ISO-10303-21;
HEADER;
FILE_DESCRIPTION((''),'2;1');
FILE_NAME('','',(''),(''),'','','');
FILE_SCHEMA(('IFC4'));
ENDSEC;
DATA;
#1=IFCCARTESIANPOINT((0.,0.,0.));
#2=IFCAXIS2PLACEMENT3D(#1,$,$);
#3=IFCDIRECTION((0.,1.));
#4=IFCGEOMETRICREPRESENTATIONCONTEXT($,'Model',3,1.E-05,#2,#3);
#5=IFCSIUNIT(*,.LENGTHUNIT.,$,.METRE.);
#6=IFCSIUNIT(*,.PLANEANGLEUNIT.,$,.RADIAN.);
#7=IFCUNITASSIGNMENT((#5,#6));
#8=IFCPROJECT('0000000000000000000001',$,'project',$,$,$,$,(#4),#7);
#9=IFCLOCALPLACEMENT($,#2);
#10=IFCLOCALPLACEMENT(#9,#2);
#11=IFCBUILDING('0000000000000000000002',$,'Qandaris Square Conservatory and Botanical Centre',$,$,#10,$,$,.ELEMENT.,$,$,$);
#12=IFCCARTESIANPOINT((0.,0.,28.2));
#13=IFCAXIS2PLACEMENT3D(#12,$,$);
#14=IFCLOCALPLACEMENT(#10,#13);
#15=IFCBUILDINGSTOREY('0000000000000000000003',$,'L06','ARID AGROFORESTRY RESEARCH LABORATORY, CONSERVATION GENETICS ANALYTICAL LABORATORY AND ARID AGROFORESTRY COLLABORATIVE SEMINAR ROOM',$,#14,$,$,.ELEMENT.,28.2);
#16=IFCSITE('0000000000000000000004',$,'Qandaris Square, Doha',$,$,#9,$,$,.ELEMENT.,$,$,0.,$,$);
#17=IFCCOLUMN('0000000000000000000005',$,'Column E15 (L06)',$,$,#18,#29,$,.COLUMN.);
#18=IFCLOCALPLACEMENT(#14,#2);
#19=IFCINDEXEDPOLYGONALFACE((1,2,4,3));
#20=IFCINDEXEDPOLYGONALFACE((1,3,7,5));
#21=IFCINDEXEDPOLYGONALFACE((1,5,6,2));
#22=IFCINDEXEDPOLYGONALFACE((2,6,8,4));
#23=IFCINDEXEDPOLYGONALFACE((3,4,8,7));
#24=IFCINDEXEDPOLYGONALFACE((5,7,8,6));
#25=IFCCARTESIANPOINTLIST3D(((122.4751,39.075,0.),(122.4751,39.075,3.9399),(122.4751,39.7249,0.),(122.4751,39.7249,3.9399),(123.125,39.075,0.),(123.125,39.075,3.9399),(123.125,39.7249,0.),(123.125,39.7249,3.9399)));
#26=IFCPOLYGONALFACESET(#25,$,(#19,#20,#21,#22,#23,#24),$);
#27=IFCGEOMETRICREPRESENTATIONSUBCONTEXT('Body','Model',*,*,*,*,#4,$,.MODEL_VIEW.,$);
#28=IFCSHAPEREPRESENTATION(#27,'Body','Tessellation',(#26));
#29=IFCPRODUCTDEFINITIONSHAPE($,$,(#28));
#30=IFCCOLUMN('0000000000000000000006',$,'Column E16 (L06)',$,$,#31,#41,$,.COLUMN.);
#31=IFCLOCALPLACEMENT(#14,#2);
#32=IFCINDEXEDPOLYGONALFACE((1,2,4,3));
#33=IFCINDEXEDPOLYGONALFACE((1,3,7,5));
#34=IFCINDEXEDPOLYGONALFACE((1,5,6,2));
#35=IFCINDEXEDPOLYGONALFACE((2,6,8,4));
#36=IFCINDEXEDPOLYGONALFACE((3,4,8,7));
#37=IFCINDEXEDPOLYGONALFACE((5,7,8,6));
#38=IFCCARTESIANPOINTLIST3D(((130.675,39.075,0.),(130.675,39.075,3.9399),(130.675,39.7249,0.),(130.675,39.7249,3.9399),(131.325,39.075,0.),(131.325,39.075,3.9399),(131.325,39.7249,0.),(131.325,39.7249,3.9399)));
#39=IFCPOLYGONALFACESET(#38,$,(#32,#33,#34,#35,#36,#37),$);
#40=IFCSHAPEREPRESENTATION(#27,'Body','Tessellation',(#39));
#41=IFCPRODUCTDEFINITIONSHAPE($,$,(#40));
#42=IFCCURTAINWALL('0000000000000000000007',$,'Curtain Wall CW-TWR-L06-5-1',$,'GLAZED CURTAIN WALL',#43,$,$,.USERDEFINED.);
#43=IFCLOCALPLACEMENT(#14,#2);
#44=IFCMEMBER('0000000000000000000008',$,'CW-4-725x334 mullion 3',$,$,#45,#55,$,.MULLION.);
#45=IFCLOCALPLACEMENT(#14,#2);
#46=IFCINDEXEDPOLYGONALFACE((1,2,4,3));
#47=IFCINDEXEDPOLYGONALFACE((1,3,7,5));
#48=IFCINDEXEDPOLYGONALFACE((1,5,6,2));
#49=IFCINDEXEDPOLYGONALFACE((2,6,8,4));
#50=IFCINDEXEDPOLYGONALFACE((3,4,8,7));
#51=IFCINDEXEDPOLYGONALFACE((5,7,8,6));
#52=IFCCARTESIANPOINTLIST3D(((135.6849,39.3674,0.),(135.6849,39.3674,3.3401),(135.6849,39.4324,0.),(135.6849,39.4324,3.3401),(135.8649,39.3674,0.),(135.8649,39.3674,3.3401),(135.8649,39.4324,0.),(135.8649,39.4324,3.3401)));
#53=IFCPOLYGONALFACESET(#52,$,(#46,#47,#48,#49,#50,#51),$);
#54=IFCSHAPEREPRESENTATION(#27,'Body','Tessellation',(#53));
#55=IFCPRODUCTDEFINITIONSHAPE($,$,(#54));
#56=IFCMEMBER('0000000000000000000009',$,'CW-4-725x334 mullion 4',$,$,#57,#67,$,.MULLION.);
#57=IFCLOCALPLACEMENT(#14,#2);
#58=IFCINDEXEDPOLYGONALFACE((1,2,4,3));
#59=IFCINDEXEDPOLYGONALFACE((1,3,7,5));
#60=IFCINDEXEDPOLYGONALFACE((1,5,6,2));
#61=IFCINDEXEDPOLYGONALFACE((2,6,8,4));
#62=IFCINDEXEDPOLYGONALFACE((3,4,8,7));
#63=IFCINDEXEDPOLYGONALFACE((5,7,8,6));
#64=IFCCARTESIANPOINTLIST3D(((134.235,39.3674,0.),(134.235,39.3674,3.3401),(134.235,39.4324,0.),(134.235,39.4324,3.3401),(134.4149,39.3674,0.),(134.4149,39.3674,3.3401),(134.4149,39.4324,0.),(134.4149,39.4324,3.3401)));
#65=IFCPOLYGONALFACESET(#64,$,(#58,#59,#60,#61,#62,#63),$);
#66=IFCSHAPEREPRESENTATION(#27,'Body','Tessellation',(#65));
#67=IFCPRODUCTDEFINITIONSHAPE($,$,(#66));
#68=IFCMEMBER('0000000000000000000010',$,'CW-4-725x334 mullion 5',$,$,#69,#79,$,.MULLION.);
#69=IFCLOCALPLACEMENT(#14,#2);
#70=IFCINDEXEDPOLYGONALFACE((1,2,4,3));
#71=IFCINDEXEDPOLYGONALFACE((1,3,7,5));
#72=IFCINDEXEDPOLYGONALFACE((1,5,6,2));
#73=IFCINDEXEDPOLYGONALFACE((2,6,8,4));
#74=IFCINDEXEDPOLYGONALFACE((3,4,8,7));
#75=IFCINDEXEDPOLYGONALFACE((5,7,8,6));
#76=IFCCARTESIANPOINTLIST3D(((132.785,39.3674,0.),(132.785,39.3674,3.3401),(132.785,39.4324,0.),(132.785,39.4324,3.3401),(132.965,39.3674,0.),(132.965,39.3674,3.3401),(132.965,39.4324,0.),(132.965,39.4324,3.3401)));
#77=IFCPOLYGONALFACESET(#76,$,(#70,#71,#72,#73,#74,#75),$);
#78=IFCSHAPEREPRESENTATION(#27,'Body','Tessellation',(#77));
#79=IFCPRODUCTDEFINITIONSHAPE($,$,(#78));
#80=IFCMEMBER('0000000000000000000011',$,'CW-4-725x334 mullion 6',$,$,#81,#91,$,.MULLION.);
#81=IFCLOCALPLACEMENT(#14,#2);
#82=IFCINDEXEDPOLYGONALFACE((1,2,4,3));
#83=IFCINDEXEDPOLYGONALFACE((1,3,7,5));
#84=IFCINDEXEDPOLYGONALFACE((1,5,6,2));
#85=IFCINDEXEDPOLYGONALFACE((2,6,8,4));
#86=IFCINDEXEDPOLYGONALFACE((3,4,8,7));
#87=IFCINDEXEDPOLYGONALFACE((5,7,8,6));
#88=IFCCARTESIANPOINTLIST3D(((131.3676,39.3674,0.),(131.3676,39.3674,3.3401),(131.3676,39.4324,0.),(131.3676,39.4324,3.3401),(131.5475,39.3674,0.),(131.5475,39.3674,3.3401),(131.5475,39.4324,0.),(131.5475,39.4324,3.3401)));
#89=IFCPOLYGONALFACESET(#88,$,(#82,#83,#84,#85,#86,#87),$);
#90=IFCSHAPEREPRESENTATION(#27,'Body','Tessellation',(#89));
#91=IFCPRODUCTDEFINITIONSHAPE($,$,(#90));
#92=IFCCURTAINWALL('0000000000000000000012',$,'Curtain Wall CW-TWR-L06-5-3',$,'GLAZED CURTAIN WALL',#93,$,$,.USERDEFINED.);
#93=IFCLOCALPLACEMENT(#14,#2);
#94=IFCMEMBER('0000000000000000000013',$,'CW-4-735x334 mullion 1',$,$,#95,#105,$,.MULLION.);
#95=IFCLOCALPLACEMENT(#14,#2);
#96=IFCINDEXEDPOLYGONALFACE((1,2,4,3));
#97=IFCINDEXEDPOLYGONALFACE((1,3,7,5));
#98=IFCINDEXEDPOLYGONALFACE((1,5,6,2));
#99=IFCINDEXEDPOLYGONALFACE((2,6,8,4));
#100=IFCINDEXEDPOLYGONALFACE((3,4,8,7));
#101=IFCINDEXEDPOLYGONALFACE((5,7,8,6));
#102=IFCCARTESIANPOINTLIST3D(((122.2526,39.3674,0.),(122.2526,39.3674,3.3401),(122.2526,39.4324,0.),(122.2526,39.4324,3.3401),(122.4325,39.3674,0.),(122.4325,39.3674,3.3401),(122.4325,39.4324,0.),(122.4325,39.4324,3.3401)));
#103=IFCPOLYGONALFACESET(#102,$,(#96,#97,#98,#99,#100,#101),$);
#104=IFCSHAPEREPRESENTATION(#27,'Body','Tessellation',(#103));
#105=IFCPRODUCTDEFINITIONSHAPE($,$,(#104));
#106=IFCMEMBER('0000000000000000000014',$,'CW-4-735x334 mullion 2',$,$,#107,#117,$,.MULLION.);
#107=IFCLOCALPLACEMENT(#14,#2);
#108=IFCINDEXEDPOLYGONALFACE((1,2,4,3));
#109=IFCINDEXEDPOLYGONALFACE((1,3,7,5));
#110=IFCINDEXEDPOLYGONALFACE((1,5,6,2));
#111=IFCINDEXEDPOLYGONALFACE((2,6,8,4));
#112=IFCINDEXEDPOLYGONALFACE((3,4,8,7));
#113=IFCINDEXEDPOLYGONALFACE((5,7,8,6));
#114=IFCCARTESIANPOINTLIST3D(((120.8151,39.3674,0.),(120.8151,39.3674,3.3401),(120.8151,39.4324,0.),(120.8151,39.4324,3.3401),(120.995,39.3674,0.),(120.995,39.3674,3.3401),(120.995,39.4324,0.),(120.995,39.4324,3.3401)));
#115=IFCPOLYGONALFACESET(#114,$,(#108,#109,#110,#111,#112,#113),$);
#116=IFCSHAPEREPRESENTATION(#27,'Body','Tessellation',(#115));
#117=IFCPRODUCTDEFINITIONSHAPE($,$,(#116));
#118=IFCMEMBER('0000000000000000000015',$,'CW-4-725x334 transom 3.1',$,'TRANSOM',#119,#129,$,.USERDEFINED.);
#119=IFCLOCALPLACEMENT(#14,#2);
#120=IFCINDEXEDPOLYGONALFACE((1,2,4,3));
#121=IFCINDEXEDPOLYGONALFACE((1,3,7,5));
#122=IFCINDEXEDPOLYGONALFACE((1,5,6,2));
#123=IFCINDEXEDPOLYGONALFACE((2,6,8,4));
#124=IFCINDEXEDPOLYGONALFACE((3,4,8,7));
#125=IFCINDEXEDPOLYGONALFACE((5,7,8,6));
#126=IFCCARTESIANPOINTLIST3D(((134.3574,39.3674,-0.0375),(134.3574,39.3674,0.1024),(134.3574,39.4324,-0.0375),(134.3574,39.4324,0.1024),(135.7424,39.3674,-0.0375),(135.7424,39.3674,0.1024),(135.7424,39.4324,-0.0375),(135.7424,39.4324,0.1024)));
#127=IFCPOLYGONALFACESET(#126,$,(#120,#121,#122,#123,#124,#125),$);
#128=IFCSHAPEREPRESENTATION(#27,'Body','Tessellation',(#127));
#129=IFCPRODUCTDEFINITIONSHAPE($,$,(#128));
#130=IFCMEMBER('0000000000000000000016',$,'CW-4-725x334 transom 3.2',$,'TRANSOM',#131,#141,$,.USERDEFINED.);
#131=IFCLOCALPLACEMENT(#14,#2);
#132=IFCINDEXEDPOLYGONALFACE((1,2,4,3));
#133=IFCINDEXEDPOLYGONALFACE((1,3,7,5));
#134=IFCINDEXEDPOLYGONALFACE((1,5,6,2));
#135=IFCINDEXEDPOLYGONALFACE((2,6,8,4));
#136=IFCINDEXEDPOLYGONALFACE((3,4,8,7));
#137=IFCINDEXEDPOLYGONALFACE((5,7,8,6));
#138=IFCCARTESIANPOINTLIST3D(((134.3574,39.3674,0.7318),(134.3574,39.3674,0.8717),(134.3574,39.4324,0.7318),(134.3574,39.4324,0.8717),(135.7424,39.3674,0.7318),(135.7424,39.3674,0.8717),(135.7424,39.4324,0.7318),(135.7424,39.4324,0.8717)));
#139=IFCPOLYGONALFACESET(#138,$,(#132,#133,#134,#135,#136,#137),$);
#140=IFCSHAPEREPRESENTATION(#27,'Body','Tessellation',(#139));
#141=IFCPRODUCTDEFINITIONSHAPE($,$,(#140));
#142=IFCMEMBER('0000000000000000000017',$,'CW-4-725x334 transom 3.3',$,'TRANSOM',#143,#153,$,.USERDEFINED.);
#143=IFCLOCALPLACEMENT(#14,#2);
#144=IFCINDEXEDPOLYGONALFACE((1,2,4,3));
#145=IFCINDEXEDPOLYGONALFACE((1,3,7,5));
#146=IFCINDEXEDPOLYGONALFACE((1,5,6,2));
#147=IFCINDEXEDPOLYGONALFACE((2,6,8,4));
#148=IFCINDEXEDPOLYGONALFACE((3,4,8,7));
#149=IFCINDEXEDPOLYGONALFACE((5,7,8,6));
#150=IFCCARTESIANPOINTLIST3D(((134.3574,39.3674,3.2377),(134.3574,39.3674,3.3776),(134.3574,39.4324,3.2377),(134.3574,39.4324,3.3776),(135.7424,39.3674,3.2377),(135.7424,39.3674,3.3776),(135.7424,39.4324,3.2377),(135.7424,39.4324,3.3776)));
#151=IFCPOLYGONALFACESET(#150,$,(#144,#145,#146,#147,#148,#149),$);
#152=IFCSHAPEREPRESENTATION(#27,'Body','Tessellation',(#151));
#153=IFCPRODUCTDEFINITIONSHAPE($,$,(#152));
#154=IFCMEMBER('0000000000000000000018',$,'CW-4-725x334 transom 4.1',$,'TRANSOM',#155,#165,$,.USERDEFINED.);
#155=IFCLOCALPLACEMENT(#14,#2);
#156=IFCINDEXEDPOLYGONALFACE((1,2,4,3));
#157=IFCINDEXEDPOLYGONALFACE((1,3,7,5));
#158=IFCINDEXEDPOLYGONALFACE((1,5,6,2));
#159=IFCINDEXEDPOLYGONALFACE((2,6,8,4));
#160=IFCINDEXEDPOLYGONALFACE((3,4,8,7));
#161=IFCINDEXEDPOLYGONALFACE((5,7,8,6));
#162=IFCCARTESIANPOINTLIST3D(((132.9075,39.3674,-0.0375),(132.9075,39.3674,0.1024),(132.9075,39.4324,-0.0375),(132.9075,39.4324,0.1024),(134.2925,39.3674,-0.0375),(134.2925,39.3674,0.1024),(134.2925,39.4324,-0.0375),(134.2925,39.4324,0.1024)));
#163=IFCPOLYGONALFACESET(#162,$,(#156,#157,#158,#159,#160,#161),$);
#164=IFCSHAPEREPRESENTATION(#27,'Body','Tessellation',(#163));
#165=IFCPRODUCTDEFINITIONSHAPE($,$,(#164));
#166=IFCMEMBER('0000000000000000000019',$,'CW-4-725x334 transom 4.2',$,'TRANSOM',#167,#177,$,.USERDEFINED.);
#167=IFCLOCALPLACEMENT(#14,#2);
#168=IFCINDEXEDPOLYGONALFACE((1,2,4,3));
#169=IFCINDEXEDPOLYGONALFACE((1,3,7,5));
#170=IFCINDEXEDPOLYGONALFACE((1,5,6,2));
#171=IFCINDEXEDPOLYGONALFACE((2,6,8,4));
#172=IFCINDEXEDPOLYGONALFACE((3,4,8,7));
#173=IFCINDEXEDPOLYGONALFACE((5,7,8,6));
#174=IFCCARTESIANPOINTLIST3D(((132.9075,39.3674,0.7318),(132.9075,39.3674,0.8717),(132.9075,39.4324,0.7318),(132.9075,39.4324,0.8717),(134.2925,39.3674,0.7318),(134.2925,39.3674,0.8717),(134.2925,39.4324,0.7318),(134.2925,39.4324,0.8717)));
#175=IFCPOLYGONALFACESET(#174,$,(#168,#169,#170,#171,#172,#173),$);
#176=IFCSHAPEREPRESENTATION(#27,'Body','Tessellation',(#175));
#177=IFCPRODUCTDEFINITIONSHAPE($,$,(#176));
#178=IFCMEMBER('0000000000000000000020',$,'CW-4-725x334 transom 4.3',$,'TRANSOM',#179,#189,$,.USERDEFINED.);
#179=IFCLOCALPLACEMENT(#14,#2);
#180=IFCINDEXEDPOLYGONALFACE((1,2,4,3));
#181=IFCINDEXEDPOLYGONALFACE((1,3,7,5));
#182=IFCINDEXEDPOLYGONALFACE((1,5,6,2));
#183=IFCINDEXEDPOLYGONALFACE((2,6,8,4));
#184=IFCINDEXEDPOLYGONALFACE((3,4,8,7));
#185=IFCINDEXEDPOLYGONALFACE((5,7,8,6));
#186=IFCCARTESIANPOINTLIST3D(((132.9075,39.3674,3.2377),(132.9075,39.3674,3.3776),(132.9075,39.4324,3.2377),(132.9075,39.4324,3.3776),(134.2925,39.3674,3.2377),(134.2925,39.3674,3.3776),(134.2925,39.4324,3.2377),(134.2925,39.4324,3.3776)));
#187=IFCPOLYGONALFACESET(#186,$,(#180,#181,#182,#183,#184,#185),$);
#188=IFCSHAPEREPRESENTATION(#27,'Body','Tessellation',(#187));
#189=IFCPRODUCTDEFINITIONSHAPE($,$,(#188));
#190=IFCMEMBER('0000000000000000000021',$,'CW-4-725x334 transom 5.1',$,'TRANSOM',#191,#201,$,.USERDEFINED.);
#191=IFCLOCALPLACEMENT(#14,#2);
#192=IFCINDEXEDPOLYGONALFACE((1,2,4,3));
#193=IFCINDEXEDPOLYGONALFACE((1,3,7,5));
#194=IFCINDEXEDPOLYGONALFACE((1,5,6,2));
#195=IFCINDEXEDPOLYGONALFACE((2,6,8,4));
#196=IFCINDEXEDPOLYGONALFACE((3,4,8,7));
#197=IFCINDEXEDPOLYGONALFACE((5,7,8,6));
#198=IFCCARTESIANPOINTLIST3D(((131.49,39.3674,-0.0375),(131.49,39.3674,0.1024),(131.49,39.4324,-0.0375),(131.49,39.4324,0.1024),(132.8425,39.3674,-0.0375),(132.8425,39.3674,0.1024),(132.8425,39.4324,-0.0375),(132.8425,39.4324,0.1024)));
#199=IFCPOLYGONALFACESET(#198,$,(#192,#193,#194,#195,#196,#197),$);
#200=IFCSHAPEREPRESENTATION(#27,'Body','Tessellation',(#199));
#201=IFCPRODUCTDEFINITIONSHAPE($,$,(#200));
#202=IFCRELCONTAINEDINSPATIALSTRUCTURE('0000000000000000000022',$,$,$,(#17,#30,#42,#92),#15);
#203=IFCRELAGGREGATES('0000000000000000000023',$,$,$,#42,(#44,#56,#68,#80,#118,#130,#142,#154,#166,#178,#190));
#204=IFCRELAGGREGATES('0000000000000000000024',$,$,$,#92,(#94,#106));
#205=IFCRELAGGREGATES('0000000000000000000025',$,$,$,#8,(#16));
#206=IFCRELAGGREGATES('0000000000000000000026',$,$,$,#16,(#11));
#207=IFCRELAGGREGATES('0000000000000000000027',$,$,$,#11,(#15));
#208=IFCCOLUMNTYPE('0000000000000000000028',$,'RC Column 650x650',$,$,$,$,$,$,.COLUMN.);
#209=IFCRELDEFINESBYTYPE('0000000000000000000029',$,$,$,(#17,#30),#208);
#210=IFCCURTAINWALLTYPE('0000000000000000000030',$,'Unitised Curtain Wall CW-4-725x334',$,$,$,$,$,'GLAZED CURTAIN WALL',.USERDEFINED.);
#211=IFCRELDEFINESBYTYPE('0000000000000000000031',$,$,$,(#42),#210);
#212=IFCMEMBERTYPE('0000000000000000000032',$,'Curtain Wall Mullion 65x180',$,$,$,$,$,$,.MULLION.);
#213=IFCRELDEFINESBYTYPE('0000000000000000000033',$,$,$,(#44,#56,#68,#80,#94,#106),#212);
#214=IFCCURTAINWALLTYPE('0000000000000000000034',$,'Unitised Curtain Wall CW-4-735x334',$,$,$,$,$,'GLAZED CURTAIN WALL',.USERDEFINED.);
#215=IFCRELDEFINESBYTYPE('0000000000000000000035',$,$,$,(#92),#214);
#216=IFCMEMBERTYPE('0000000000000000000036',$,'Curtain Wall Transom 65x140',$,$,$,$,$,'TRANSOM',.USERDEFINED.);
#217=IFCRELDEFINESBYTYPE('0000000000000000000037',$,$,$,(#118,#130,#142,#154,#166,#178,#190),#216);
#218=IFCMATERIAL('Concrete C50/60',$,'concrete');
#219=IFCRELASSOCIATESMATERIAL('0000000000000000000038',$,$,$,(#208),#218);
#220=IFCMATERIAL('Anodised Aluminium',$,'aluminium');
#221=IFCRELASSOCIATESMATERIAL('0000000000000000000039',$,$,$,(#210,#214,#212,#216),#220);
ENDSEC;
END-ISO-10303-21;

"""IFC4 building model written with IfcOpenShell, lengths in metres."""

from ifc_helpers import new_model, si_unit, direction, frame, origin, origin_2d, place, context, subcontext, project, spatial, rectangle, extrude, material, material_profile, profile_set, type_object, element, aggregate, save


model = new_model("IFC4")

# Units and contexts
model_context = context("Model", 3, precision=1e-05, world=origin(), true_north=direction((0.0, 1.0)))
body_context = subcontext(model_context, "Body", "Model", "MODEL_VIEW")
ifc_project = project(units=[si_unit("LENGTHUNIT", "METRE"), si_unit("PLANEANGLEUNIT", "RADIAN")], contexts=[model_context])

# Site, building, storey
site_placement = place(None, origin())
site = spatial("IfcSite", under=ifc_project, at=site_placement, Name="Qandaris Square, Doha", CompositionType="ELEMENT", RefElevation=0.0)
building_placement = place(site_placement, origin())
building = spatial("IfcBuilding", under=site, at=building_placement, Name="Qandaris Square Conservatory and Botanical Centre", CompositionType="ELEMENT")
storey_placement = place(building_placement, frame((0.0, 0.0, 28.2)))
storey = spatial("IfcBuildingStorey", under=building, at=storey_placement, Name="L06", Description="ARID AGROFORESTRY RESEARCH LABORATORY, CONSERVATION GENETICS ANALYTICAL LABORATORY AND ARID AGROFORESTRY COLLABORATIVE SEMINAR ROOM", CompositionType="ELEMENT", Elevation=28.2)

# Columns
ifc_material_1 = material(Name="Concrete C50/60", Category="concrete")
ifc_material_profile_1 = material_profile(ifc_material_1, rectangle(XDim=0.6499, YDim=0.6499, at=origin_2d()), Name="RC-COL 650x650")
ifc_profile_set_1 = profile_set([ifc_material_profile_1], Name="Concrete C50/60")
column_type = type_object("IfcColumnType", Name="RC Column 650x650", PredefinedType="COLUMN", material=ifc_profile_set_1)
for number, where, z_axis, x_axis, name in (
    (1, (122.8, 39.3999, 0.0), (0.0, 0.0, 1.0), (1.0, 0.0, 0.0), "Column E15 (L06)"),
    (2, (131.0, 39.3999, 0.0), (0.0, 0.0, 1.0), (1.0, 0.0, 0.0), "Column E16 (L06)"),
):
    element("IfcColumn", number, at=place(storey_placement, frame(where, z_axis=z_axis, x_axis=x_axis)), inside=storey, type_object=column_type, Name=name, PredefinedType="COLUMN", context=body_context, shape_type="SweptSolid", body=[
        extrude(rectangle(XDim=0.6499, YDim=0.6499, at=origin_2d()), origin(), (0.0, 0.0, 1.0), 3.9399),
    ])

# Curtain walls, members
ifc_material_2 = material(Name="Anodised Aluminium", Category="aluminium")
curtain_wall_type_1 = type_object("IfcCurtainWallType", Name="Unitised Curtain Wall CW-4-725x334", ElementType="GLAZED CURTAIN WALL", PredefinedType="USERDEFINED", material=ifc_material_2)
curtain_wall_1_placement = place(storey_placement, origin())
curtain_wall_1 = element("IfcCurtainWall", 3, at=curtain_wall_1_placement, inside=storey, type_object=curtain_wall_type_1, Name="Curtain Wall CW-TWR-L06-5-1", ObjectType="GLAZED CURTAIN WALL", PredefinedType="USERDEFINED")
ifc_material_profile_2 = material_profile(ifc_material_2, rectangle(XDim=0.0649, YDim=0.1799, at=origin_2d()), Name="ALU-MUL 65x180")
ifc_profile_set_2 = profile_set([ifc_material_profile_2], Name="Anodised Aluminium")
member_type_1 = type_object("IfcMemberType", Name="Curtain Wall Mullion 65x180", PredefinedType="MULLION", material=ifc_profile_set_2)
member_1_placement = place(storey_placement, frame((135.7749, 39.3999, 0.0), z_axis=(0.0, 0.0, 1.0), x_axis=(0.0, -1.0, 0.0)))
member_1 = element("IfcMember", 4, at=member_1_placement, type_object=member_type_1, Name="CW-4-725x334 mullion 3", PredefinedType="MULLION", context=body_context, shape_type="SweptSolid", body=[
    extrude(rectangle(XDim=0.0649, YDim=0.1799, at=origin_2d()), origin(), (0.0, 0.0, 1.0), 3.3401),
])
member_2_placement = place(storey_placement, frame((134.325, 39.3999, 0.0), z_axis=(0.0, 0.0, 1.0), x_axis=(0.0, -1.0, 0.0)))
member_2 = element("IfcMember", 5, at=member_2_placement, type_object=member_type_1, Name="CW-4-725x334 mullion 4", PredefinedType="MULLION", context=body_context, shape_type="SweptSolid", body=[
    extrude(rectangle(XDim=0.0649, YDim=0.1799, at=origin_2d()), origin(), (0.0, 0.0, 1.0), 3.3401),
])
member_3_placement = place(storey_placement, frame((132.875, 39.3999, 0.0), z_axis=(0.0, 0.0, 1.0), x_axis=(0.0, -1.0, 0.0)))
member_3 = element("IfcMember", 6, at=member_3_placement, type_object=member_type_1, Name="CW-4-725x334 mullion 5", PredefinedType="MULLION", context=body_context, shape_type="SweptSolid", body=[
    extrude(rectangle(XDim=0.0649, YDim=0.1799, at=origin_2d()), origin(), (0.0, 0.0, 1.0), 3.3401),
])
member_4_placement = place(storey_placement, frame((131.4575, 39.3999, 0.0), z_axis=(0.0, 0.0, 1.0), x_axis=(0.0, -1.0, 0.0)))
member_4 = element("IfcMember", 7, at=member_4_placement, type_object=member_type_1, Name="CW-4-725x334 mullion 6", PredefinedType="MULLION", context=body_context, shape_type="SweptSolid", body=[
    extrude(rectangle(XDim=0.0649, YDim=0.1799, at=origin_2d()), origin(), (0.0, 0.0, 1.0), 3.3401),
])
curtain_wall_type_2 = type_object("IfcCurtainWallType", Name="Unitised Curtain Wall CW-4-735x334", ElementType="GLAZED CURTAIN WALL", PredefinedType="USERDEFINED", material=ifc_material_2)
curtain_wall_2_placement = place(storey_placement, origin())
curtain_wall_2 = element("IfcCurtainWall", 8, at=curtain_wall_2_placement, inside=storey, type_object=curtain_wall_type_2, Name="Curtain Wall CW-TWR-L06-5-3", ObjectType="GLAZED CURTAIN WALL", PredefinedType="USERDEFINED")
member_5_placement = place(storey_placement, frame((122.3425, 39.3999, 0.0), z_axis=(0.0, 0.0, 1.0), x_axis=(0.0, -1.0, 0.0)))
member_5 = element("IfcMember", 9, at=member_5_placement, type_object=member_type_1, Name="CW-4-735x334 mullion 1", PredefinedType="MULLION", context=body_context, shape_type="SweptSolid", body=[
    extrude(rectangle(XDim=0.0649, YDim=0.1799, at=origin_2d()), origin(), (0.0, 0.0, 1.0), 3.3401),
])
member_6_placement = place(storey_placement, frame((120.905, 39.3999, 0.0), z_axis=(0.0, 0.0, 1.0), x_axis=(0.0, -1.0, 0.0)))
member_6 = element("IfcMember", 10, at=member_6_placement, type_object=member_type_1, Name="CW-4-735x334 mullion 2", PredefinedType="MULLION", context=body_context, shape_type="SweptSolid", body=[
    extrude(rectangle(XDim=0.0649, YDim=0.1799, at=origin_2d()), origin(), (0.0, 0.0, 1.0), 3.3401),
])

# Members
ifc_material_profile_3 = material_profile(ifc_material_2, rectangle(XDim=0.0649, YDim=0.1399, at=origin_2d()), Name="ALU-TRN 65x140")
ifc_profile_set_3 = profile_set([ifc_material_profile_3], Name="Anodised Aluminium")
member_type_2 = type_object("IfcMemberType", Name="Curtain Wall Transom 65x140", ElementType="TRANSOM", PredefinedType="USERDEFINED", material=ifc_profile_set_3)
member_7_placement = place(storey_placement, frame((135.7424, 39.3999, 0.0325), z_axis=(-1.0, 0.0, 0.0), x_axis=(0.0, -1.0, 0.0)))
member_7 = element("IfcMember", 11, at=member_7_placement, type_object=member_type_2, Name="CW-4-725x334 transom 3.1", ObjectType="TRANSOM", PredefinedType="USERDEFINED", context=body_context, shape_type="SweptSolid", body=[
    extrude(rectangle(XDim=0.0649, YDim=0.1399, at=origin_2d()), origin(), (0.0, 0.0, 1.0), 1.385),
])
member_8_placement = place(storey_placement, frame((135.7424, 39.3999, 0.8018), z_axis=(-1.0, 0.0, 0.0), x_axis=(0.0, -1.0, 0.0)))
member_8 = element("IfcMember", 12, at=member_8_placement, type_object=member_type_2, Name="CW-4-725x334 transom 3.2", ObjectType="TRANSOM", PredefinedType="USERDEFINED", context=body_context, shape_type="SweptSolid", body=[
    extrude(rectangle(XDim=0.0649, YDim=0.1399, at=origin_2d()), origin(), (0.0, 0.0, 1.0), 1.385),
])
member_9_placement = place(storey_placement, frame((135.7424, 39.3999, 3.3076), z_axis=(-1.0, 0.0, 0.0), x_axis=(0.0, -1.0, 0.0)))
member_9 = element("IfcMember", 13, at=member_9_placement, type_object=member_type_2, Name="CW-4-725x334 transom 3.3", ObjectType="TRANSOM", PredefinedType="USERDEFINED", context=body_context, shape_type="SweptSolid", body=[
    extrude(rectangle(XDim=0.0649, YDim=0.1399, at=origin_2d()), origin(), (0.0, 0.0, 1.0), 1.385),
])
member_10_placement = place(storey_placement, frame((134.2925, 39.3999, 0.0325), z_axis=(-1.0, 0.0, 0.0), x_axis=(0.0, -1.0, 0.0)))
member_10 = element("IfcMember", 14, at=member_10_placement, type_object=member_type_2, Name="CW-4-725x334 transom 4.1", ObjectType="TRANSOM", PredefinedType="USERDEFINED", context=body_context, shape_type="SweptSolid", body=[
    extrude(rectangle(XDim=0.0649, YDim=0.1399, at=origin_2d()), origin(), (0.0, 0.0, 1.0), 1.385),
])
member_11_placement = place(storey_placement, frame((134.2925, 39.3999, 0.8018), z_axis=(-1.0, 0.0, 0.0), x_axis=(0.0, -1.0, 0.0)))
member_11 = element("IfcMember", 15, at=member_11_placement, type_object=member_type_2, Name="CW-4-725x334 transom 4.2", ObjectType="TRANSOM", PredefinedType="USERDEFINED", context=body_context, shape_type="SweptSolid", body=[
    extrude(rectangle(XDim=0.0649, YDim=0.1399, at=origin_2d()), origin(), (0.0, 0.0, 1.0), 1.385),
])
member_12_placement = place(storey_placement, frame((134.2925, 39.3999, 3.3076), z_axis=(-1.0, 0.0, 0.0), x_axis=(0.0, -1.0, 0.0)))
member_12 = element("IfcMember", 16, at=member_12_placement, type_object=member_type_2, Name="CW-4-725x334 transom 4.3", ObjectType="TRANSOM", PredefinedType="USERDEFINED", context=body_context, shape_type="SweptSolid", body=[
    extrude(rectangle(XDim=0.0649, YDim=0.1399, at=origin_2d()), origin(), (0.0, 0.0, 1.0), 1.385),
])
member_13_placement = place(storey_placement, frame((132.8425, 39.3999, 0.0325), z_axis=(-1.0, 0.0, 0.0), x_axis=(0.0, -1.0, 0.0)))
member_13 = element("IfcMember", 17, at=member_13_placement, type_object=member_type_2, Name="CW-4-725x334 transom 5.1", ObjectType="TRANSOM", PredefinedType="USERDEFINED", context=body_context, shape_type="SweptSolid", body=[
    extrude(rectangle(XDim=0.0649, YDim=0.1399, at=origin_2d()), origin(), (0.0, 0.0, 1.0), 1.3525),
])

aggregate(curtain_wall_1, [member_1, member_2, member_3, member_4, member_7, member_8, member_9, member_10, member_11, member_12, member_13])
aggregate(curtain_wall_2, [member_5, member_6])

save(model, "model.ifc")
